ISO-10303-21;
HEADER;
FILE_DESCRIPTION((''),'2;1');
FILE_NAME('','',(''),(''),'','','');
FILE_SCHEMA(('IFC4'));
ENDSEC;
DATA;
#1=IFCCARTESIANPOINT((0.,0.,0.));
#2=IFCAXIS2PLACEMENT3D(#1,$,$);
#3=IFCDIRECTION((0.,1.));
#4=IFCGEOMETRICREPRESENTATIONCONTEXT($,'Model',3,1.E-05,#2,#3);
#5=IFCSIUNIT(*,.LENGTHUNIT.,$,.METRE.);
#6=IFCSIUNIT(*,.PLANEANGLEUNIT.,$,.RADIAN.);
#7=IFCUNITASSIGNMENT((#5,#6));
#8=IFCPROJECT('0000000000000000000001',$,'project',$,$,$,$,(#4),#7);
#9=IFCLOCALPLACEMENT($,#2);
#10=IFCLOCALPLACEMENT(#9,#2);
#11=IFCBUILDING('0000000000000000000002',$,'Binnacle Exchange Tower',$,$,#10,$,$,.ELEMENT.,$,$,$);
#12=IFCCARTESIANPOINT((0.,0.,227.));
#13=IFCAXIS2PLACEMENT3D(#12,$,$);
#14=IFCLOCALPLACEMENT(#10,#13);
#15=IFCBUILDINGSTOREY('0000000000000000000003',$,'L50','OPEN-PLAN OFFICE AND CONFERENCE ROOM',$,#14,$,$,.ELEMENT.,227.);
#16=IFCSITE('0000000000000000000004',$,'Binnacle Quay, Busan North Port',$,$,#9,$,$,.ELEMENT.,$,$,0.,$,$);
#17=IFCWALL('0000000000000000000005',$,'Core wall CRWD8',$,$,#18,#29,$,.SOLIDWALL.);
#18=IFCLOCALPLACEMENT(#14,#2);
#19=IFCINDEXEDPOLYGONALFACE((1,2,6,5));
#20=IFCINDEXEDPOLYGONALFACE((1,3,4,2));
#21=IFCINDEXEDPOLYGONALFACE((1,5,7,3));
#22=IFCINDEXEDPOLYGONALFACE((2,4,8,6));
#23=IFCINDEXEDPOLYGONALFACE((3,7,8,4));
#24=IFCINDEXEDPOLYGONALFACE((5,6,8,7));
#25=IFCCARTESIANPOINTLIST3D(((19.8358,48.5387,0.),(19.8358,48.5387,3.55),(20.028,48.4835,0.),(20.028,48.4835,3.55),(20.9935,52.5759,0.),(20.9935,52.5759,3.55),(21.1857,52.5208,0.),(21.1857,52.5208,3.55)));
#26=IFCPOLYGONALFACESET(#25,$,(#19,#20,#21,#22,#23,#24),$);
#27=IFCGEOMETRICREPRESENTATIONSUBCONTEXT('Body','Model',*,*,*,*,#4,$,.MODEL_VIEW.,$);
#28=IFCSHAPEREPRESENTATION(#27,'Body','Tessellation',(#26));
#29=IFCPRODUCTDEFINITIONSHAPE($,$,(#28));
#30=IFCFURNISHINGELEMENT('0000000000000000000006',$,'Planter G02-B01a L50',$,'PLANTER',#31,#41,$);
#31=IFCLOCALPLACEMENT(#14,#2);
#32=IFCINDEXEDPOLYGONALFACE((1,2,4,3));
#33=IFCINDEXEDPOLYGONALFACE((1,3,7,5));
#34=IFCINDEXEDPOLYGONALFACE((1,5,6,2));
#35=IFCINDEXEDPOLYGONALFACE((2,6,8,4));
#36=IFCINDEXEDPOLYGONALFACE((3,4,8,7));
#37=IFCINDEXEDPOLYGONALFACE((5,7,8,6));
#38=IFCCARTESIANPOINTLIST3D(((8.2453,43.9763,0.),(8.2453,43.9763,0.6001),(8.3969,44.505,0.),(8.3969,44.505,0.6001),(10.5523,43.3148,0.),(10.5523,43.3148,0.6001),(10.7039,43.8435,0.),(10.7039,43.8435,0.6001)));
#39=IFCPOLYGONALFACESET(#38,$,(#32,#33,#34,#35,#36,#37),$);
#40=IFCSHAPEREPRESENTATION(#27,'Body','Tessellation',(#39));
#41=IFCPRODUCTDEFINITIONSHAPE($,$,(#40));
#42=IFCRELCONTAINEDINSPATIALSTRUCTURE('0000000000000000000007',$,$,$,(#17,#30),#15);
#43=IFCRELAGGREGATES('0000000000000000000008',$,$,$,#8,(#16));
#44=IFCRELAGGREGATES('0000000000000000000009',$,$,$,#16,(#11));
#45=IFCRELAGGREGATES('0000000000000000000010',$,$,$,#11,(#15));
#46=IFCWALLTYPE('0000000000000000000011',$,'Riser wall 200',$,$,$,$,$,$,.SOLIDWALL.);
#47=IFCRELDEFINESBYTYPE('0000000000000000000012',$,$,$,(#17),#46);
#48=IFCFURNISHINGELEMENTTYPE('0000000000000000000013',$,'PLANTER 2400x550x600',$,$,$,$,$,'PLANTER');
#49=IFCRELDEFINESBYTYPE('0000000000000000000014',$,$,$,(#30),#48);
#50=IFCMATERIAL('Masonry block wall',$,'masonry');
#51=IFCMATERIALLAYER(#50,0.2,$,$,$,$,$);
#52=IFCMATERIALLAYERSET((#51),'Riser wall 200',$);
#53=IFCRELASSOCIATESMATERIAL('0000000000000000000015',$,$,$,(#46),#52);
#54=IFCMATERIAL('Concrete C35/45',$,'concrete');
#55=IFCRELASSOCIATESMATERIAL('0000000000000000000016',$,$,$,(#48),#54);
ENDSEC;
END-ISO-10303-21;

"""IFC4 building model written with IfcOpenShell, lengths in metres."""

from ifc_helpers import new_model, si_unit, direction, frame, frame_2d, origin, origin_2d, place, context, subcontext, project, spatial, rectangle, extrude, material, layer, layer_set, type_object, element, save


model = new_model("IFC4")

# Units and contexts
model_context = context("Model", 3, precision=1e-05, world=origin(), true_north=direction((0.0, 1.0)))
body_context = subcontext(model_context, "Body", "Model", "MODEL_VIEW")
ifc_project = project(units=[si_unit("LENGTHUNIT", "METRE"), si_unit("PLANEANGLEUNIT", "RADIAN")], contexts=[model_context])

# Site, building, storey
site_placement = place(None, origin())
site = spatial("IfcSite", under=ifc_project, at=site_placement, Name="Binnacle Quay, Busan North Port", CompositionType="ELEMENT", RefElevation=0.0)
building_placement = place(site_placement, origin())
building = spatial("IfcBuilding", under=site, at=building_placement, Name="Binnacle Exchange Tower", CompositionType="ELEMENT")
storey_placement = place(building_placement, frame((0.0, 0.0, 227.0)))
storey = spatial("IfcBuildingStorey", under=building, at=storey_placement, Name="L50", Description="OPEN-PLAN OFFICE AND CONFERENCE ROOM", CompositionType="ELEMENT", Elevation=227.0)

# Wall
ifc_material_1 = material(Name="Masonry block wall", Category="masonry")
ifc_layer_1 = layer(ifc_material_1, 0.2)
ifc_layer_set_1 = layer_set([ifc_layer_1], Name="Riser wall 200")
wall_type_1 = type_object("IfcWallType", Name="Riser wall 200", PredefinedType="SOLIDWALL", material=ifc_layer_set_1)
wall_1_placement = place(storey_placement, frame((19.9319, 48.511, 0.0), z_axis=(0.0, 0.0, 1.0), x_axis=(0.275642, 0.96126, 0.0)))
element("IfcWall", 1, at=wall_1_placement, inside=storey, type_object=wall_type_1, Name="Core wall CRWD8", PredefinedType="SOLIDWALL", context=body_context, shape_type="SweptSolid", body=[
    extrude(rectangle(XDim=4.2, YDim=0.2, at=frame_2d((2.1001, 0.0))), origin(), (0.0, 0.0, 1.0), 3.55),
])

# Furnishing element
ifc_material_2 = material(Name="Concrete C35/45", Category="concrete")
furnishing_element_type = type_object("IfcFurnishingElementType", Name="PLANTER 2400x550x600", ElementType="PLANTER", material=ifc_material_2)
furnishing_placement = place(storey_placement, frame((9.4746, 43.9099, 0.0), z_axis=(0.0, 0.0, 1.0), x_axis=(0.961262, -0.275637, 0.0)))
element("IfcFurnishingElement", 2, at=furnishing_placement, inside=storey, type_object=furnishing_element_type, Name="Planter G02-B01a L50", ObjectType="PLANTER", context=body_context, shape_type="SweptSolid", body=[
    extrude(rectangle(XDim=2.3999, YDim=0.55, at=origin_2d()), origin(), (0.0, 0.0, 1.0), 0.6001),
])

save(model, "model.ifc")
